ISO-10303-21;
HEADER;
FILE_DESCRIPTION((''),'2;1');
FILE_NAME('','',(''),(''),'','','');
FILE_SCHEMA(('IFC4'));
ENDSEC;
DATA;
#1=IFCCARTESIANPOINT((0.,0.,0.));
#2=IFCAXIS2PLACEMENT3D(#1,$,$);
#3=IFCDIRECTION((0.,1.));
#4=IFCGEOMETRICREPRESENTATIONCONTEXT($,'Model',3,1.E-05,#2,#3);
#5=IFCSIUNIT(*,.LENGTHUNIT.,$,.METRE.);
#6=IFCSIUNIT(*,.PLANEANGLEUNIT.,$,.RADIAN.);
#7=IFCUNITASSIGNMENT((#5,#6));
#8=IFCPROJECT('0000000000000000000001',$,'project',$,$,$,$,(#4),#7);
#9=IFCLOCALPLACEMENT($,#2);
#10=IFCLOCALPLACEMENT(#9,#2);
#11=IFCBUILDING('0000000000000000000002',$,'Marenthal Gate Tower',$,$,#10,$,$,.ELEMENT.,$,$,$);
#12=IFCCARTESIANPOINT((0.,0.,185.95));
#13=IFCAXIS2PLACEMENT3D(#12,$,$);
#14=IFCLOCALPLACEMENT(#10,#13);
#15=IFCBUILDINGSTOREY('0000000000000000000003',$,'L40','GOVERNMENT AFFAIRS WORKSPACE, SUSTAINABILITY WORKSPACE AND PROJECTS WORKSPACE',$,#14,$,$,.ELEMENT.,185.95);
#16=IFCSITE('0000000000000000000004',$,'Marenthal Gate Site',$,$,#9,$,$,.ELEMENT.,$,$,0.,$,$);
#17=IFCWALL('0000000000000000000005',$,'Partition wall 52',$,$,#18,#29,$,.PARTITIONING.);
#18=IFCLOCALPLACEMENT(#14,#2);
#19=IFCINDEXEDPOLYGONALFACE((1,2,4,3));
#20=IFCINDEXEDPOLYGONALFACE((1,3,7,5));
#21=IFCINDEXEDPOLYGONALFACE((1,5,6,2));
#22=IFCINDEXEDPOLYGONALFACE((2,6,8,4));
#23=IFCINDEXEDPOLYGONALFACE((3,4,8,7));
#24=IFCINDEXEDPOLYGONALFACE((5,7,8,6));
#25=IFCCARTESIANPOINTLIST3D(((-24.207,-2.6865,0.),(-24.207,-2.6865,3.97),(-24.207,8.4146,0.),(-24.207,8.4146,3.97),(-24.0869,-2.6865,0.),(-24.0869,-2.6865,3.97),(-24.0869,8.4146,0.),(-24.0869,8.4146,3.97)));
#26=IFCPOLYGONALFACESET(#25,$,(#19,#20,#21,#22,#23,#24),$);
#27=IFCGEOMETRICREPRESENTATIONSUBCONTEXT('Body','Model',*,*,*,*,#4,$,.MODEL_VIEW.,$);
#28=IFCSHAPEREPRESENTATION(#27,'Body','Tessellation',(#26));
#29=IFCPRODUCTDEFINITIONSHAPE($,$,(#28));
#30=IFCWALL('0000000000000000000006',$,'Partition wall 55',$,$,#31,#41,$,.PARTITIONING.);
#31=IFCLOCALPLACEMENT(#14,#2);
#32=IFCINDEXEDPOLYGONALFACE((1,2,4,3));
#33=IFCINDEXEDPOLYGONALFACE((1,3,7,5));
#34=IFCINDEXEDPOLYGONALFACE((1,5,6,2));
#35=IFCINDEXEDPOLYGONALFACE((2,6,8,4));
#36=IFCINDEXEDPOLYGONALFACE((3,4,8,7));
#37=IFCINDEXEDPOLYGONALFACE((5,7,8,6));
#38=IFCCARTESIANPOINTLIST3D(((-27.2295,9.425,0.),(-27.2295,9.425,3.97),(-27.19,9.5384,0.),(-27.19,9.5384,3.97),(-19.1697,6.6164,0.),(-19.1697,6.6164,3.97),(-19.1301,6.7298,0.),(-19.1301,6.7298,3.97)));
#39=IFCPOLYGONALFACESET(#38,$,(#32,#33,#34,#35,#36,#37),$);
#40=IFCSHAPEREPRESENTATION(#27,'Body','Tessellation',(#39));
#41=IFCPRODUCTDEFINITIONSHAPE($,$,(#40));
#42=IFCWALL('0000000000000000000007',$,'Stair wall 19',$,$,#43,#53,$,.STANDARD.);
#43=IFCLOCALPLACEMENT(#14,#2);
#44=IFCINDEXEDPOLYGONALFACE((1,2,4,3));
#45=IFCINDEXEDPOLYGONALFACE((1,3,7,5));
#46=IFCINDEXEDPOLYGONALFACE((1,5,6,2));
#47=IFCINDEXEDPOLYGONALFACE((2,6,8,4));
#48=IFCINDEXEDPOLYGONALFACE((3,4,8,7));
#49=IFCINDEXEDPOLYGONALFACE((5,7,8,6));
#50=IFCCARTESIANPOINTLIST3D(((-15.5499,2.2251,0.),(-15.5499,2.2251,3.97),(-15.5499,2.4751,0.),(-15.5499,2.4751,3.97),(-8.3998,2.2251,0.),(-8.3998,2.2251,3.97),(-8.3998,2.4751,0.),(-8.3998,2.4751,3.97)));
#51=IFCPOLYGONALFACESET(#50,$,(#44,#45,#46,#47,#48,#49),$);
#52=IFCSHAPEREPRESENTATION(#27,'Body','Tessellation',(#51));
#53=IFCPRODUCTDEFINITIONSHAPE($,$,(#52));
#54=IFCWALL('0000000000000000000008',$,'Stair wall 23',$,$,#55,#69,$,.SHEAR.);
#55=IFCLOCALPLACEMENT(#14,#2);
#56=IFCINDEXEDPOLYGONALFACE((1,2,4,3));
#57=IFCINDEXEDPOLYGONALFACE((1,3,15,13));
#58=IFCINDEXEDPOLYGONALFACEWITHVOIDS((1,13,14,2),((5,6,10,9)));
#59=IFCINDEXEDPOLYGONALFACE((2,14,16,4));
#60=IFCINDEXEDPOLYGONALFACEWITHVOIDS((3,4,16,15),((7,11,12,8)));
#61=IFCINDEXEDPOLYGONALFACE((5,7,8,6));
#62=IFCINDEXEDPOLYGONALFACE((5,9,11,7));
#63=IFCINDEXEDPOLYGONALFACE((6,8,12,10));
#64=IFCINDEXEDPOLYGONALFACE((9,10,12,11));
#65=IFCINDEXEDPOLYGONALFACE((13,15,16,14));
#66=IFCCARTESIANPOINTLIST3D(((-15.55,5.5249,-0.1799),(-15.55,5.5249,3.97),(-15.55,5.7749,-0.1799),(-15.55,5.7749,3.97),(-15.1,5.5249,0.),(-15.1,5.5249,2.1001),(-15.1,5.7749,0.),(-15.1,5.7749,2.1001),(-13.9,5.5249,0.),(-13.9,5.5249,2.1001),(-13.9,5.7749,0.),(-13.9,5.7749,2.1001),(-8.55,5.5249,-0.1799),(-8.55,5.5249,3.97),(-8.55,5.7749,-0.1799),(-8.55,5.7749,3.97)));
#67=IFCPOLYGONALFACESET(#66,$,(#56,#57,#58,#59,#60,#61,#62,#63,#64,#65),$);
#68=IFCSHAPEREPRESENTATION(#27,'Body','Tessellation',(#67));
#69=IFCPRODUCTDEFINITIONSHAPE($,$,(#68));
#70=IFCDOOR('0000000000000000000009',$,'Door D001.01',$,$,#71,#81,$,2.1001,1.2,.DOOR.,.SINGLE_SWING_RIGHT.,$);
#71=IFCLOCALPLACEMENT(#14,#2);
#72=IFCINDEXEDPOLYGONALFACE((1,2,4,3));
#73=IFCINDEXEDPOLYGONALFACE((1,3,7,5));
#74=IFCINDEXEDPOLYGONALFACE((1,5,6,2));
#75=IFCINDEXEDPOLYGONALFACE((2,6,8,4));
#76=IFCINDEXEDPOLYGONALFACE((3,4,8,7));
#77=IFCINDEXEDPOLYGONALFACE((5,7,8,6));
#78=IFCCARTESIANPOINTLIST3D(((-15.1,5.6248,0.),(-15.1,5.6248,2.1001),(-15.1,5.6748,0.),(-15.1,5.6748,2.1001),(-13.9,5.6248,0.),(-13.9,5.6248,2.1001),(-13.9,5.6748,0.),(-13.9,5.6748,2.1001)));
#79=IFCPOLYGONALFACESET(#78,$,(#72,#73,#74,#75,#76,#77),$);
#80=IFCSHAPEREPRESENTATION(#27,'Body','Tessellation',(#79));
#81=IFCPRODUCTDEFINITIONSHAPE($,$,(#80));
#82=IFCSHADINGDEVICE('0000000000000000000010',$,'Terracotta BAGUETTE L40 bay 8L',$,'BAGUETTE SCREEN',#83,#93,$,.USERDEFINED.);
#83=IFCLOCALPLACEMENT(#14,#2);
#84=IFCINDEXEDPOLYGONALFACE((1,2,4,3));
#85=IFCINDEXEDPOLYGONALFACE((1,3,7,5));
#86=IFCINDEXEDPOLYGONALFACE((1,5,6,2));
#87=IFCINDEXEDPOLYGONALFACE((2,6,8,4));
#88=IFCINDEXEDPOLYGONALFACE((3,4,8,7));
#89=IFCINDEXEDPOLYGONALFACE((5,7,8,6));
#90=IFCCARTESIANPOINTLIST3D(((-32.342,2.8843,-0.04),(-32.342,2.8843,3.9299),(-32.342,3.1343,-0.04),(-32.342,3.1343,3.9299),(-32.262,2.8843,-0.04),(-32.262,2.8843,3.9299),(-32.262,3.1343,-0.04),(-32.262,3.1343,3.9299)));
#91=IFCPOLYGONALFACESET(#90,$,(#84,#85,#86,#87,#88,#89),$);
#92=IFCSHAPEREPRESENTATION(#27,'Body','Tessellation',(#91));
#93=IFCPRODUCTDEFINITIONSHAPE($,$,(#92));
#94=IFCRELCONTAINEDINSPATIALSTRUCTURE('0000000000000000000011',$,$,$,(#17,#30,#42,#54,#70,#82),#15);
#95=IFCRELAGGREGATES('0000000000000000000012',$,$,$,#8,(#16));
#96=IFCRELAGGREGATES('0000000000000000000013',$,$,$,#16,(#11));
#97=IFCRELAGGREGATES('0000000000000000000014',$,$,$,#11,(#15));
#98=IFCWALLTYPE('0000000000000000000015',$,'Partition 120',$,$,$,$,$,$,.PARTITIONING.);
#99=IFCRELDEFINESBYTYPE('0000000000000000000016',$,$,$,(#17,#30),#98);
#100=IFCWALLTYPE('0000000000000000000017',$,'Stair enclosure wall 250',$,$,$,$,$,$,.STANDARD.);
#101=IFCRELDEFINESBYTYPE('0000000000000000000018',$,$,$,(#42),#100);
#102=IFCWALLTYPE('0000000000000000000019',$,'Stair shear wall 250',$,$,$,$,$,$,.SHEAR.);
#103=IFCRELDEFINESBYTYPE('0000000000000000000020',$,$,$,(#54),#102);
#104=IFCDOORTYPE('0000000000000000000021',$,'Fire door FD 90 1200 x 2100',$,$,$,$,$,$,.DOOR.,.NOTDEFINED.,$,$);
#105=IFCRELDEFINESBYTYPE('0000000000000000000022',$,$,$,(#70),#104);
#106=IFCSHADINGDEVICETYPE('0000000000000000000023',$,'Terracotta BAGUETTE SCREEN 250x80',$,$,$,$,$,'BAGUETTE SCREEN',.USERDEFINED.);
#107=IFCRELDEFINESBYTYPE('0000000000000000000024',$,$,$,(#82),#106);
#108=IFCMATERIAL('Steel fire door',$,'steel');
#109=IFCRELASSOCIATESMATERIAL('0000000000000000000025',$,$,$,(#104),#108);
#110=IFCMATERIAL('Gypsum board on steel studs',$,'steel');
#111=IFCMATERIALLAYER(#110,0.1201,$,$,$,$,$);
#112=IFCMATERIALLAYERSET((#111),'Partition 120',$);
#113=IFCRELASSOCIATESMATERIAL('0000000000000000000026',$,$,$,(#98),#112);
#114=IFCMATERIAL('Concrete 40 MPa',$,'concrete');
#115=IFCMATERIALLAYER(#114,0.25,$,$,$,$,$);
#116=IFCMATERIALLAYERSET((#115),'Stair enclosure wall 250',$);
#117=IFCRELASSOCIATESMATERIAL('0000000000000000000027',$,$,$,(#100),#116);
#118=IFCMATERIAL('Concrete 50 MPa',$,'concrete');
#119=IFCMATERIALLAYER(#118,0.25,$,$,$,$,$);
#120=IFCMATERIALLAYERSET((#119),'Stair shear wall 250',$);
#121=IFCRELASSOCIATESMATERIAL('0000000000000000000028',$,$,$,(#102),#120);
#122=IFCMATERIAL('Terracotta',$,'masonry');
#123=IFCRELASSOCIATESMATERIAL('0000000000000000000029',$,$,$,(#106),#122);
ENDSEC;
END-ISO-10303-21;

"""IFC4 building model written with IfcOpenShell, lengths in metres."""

from ifc_helpers import new_model, si_unit, direction, frame, frame_2d, origin, origin_2d, place, context, subcontext, project, spatial, rectangle, extrude, material, layer, layer_set, material_profile, profile_set, type_object, element, fill, save


model = new_model("IFC4")

# Units and contexts
model_context = context("Model", 3, precision=1e-05, world=origin(), true_north=direction((0.0, 1.0)))
body_context = subcontext(model_context, "Body", "Model", "MODEL_VIEW")
ifc_project = project(units=[si_unit("LENGTHUNIT", "METRE"), si_unit("PLANEANGLEUNIT", "RADIAN")], contexts=[model_context])

# Site, building, storey
site_placement = place(None, origin())
site = spatial("IfcSite", under=ifc_project, at=site_placement, Name="Marenthal Gate Site", CompositionType="ELEMENT", RefElevation=0.0)
building_placement = place(site_placement, origin())
building = spatial("IfcBuilding", under=site, at=building_placement, Name="Marenthal Gate Tower", CompositionType="ELEMENT")
storey_placement = place(building_placement, frame((0.0, 0.0, 185.95)))
storey = spatial("IfcBuildingStorey", under=building, at=storey_placement, Name="L40", Description="GOVERNMENT AFFAIRS WORKSPACE, SUSTAINABILITY WORKSPACE AND PROJECTS WORKSPACE", CompositionType="ELEMENT", Elevation=185.95)

# Shared definitions
ifc_material_1 = material(Name="Steel fire door", Category="steel")
door_type_1 = type_object("IfcDoorType", Name="Fire door FD 90 1200 x 2100", OperationType="NOTDEFINED", PredefinedType="DOOR", material=ifc_material_1)

# Walls
ifc_material_2 = material(Name="Gypsum board on steel studs", Category="steel")
ifc_layer_1 = layer(ifc_material_2, 0.1201)
ifc_layer_set_1 = layer_set([ifc_layer_1], Name="Partition 120")
wall_type_1 = type_object("IfcWallType", Name="Partition 120", PredefinedType="PARTITIONING", material=ifc_layer_set_1)
wall_1_placement = place(storey_placement, frame((-24.147, 8.4146, 0.0), z_axis=(0.0, 0.0, 1.0), x_axis=(0.0, -1.0, 0.0)))
element("IfcWall", 1, at=wall_1_placement, inside=storey, type_object=wall_type_1, Name="Partition wall 52", PredefinedType="PARTITIONING", context=body_context, shape_type="SweptSolid", body=[
    extrude(rectangle(XDim=11.1011, YDim=0.1201, at=frame_2d((5.5505, 0.0))), origin(), (0.0, 0.0, 1.0), 3.97),
])
wall_2_placement = place(storey_placement, frame((-19.1499, 6.6731, 0.0), z_axis=(0.0, 0.0, 1.0), x_axis=(-0.944308, 0.329062, 0.0)))
element("IfcWall", 2, at=wall_2_placement, inside=storey, type_object=wall_type_1, Name="Partition wall 55", PredefinedType="PARTITIONING", context=body_context, shape_type="SweptSolid", body=[
    extrude(rectangle(XDim=8.5352, YDim=0.1201, at=frame_2d((4.2676, 0.0))), origin(), (0.0, 0.0, 1.0), 3.97),
])
ifc_material_3 = material(Name="Concrete 40 MPa", Category="concrete")
ifc_layer_2 = layer(ifc_material_3, 0.25)
ifc_layer_set_2 = layer_set([ifc_layer_2], Name="Stair enclosure wall 250")
wall_type_2 = type_object("IfcWallType", Name="Stair enclosure wall 250", PredefinedType="STANDARD", material=ifc_layer_set_2)
wall_3_placement = place(storey_placement, frame((-15.55, 2.3501, 0.0), z_axis=(0.0, 0.0, 1.0), x_axis=(1.0, 0.0, 0.0)))
element("IfcWall", 3, at=wall_3_placement, inside=storey, type_object=wall_type_2, Name="Stair wall 19", PredefinedType="STANDARD", context=body_context, shape_type="SweptSolid", body=[
    extrude(rectangle(XDim=7.1501, YDim=0.25, at=frame_2d((3.5752, 0.0))), origin(), (0.0, 0.0, 1.0), 3.97),
])

# Wall, opening, door
ifc_material_4 = material(Name="Concrete 50 MPa", Category="concrete")
ifc_layer_3 = layer(ifc_material_4, 0.25)
ifc_layer_set_3 = layer_set([ifc_layer_3], Name="Stair shear wall 250")
wall_type_3 = type_object("IfcWallType", Name="Stair shear wall 250", PredefinedType="SHEAR", material=ifc_layer_set_3)
wall_4_placement = place(storey_placement, frame((-15.55, 5.6499, -0.1799), z_axis=(0.0, 0.0, 1.0), x_axis=(1.0, 0.0, 0.0)))
wall_4 = element("IfcWall", 4, at=wall_4_placement, inside=storey, type_object=wall_type_3, Name="Stair wall 23", PredefinedType="SHEAR", context=body_context, shape_type="SweptSolid", body=[
    extrude(rectangle(XDim=7.0, YDim=0.25, at=frame_2d((3.5, 0.0))), origin(), (0.0, 0.0, 1.0), 4.1499),
])
opening_1_placement = place(wall_4_placement, frame((0.45, 0.0, 0.1799)))
opening_1 = element("IfcOpeningElement", 5, at=opening_1_placement, cuts=wall_4, PredefinedType="OPENING", context=body_context, shape_type="SweptSolid", body=[
    extrude(rectangle(XDim=1.2, YDim=2.1001, at=frame_2d((0.6001, 1.05))), frame((0.0, 0.135, 0.0), z_axis=(0.0, -1.0, 0.0), x_axis=(1.0, 0.0, 0.0)), (0.0, 0.0, 1.0), 0.27),
])
door_1_placement = place(opening_1_placement, origin())
door_1 = element("IfcDoor", 6, at=door_1_placement, inside=storey, type_object=door_type_1, Name="Door D001.01", OperationType="SINGLE_SWING_RIGHT", OverallHeight=2.1001, OverallWidth=1.2, PredefinedType="DOOR", context=body_context, shape_type="SweptSolid", body=[
    extrude(rectangle(XDim=1.2, YDim=2.1001, at=frame_2d((0.6001, 1.05))), frame((0.0, 0.0249, 0.0), z_axis=(0.0, -1.0, 0.0), x_axis=(1.0, 0.0, 0.0)), (0.0, 0.0, 1.0), 0.05),
])
fill(opening_1, door_1)

# Shading device
ifc_material_5 = material(Name="Terracotta", Category="masonry")
ifc_material_profile_1 = material_profile(ifc_material_5, rectangle(XDim=0.25, YDim=0.0801, at=origin_2d()), Name="Terracotta baguette 250x80")
ifc_profile_set_1 = profile_set([ifc_material_profile_1], Name="Terracotta")
shading_device_type = type_object("IfcShadingDeviceType", Name="Terracotta BAGUETTE SCREEN 250x80", ElementType="BAGUETTE SCREEN", PredefinedType="USERDEFINED", material=ifc_profile_set_1)
shading_device_placement = place(storey_placement, frame((-32.302, 3.0093, -0.04), z_axis=(0.0, 0.0, 1.0), x_axis=(0.0, -1.0, 0.0)))
element("IfcShadingDevice", 7, at=shading_device_placement, inside=storey, type_object=shading_device_type, Name="Terracotta BAGUETTE L40 bay 8L", ObjectType="BAGUETTE SCREEN", PredefinedType="USERDEFINED", context=body_context, shape_type="SweptSolid", body=[
    extrude(rectangle(XDim=0.25, YDim=0.0801, at=origin_2d()), origin(), (0.0, 0.0, 1.0), 3.97),
])

save(model, "model.ifc")
